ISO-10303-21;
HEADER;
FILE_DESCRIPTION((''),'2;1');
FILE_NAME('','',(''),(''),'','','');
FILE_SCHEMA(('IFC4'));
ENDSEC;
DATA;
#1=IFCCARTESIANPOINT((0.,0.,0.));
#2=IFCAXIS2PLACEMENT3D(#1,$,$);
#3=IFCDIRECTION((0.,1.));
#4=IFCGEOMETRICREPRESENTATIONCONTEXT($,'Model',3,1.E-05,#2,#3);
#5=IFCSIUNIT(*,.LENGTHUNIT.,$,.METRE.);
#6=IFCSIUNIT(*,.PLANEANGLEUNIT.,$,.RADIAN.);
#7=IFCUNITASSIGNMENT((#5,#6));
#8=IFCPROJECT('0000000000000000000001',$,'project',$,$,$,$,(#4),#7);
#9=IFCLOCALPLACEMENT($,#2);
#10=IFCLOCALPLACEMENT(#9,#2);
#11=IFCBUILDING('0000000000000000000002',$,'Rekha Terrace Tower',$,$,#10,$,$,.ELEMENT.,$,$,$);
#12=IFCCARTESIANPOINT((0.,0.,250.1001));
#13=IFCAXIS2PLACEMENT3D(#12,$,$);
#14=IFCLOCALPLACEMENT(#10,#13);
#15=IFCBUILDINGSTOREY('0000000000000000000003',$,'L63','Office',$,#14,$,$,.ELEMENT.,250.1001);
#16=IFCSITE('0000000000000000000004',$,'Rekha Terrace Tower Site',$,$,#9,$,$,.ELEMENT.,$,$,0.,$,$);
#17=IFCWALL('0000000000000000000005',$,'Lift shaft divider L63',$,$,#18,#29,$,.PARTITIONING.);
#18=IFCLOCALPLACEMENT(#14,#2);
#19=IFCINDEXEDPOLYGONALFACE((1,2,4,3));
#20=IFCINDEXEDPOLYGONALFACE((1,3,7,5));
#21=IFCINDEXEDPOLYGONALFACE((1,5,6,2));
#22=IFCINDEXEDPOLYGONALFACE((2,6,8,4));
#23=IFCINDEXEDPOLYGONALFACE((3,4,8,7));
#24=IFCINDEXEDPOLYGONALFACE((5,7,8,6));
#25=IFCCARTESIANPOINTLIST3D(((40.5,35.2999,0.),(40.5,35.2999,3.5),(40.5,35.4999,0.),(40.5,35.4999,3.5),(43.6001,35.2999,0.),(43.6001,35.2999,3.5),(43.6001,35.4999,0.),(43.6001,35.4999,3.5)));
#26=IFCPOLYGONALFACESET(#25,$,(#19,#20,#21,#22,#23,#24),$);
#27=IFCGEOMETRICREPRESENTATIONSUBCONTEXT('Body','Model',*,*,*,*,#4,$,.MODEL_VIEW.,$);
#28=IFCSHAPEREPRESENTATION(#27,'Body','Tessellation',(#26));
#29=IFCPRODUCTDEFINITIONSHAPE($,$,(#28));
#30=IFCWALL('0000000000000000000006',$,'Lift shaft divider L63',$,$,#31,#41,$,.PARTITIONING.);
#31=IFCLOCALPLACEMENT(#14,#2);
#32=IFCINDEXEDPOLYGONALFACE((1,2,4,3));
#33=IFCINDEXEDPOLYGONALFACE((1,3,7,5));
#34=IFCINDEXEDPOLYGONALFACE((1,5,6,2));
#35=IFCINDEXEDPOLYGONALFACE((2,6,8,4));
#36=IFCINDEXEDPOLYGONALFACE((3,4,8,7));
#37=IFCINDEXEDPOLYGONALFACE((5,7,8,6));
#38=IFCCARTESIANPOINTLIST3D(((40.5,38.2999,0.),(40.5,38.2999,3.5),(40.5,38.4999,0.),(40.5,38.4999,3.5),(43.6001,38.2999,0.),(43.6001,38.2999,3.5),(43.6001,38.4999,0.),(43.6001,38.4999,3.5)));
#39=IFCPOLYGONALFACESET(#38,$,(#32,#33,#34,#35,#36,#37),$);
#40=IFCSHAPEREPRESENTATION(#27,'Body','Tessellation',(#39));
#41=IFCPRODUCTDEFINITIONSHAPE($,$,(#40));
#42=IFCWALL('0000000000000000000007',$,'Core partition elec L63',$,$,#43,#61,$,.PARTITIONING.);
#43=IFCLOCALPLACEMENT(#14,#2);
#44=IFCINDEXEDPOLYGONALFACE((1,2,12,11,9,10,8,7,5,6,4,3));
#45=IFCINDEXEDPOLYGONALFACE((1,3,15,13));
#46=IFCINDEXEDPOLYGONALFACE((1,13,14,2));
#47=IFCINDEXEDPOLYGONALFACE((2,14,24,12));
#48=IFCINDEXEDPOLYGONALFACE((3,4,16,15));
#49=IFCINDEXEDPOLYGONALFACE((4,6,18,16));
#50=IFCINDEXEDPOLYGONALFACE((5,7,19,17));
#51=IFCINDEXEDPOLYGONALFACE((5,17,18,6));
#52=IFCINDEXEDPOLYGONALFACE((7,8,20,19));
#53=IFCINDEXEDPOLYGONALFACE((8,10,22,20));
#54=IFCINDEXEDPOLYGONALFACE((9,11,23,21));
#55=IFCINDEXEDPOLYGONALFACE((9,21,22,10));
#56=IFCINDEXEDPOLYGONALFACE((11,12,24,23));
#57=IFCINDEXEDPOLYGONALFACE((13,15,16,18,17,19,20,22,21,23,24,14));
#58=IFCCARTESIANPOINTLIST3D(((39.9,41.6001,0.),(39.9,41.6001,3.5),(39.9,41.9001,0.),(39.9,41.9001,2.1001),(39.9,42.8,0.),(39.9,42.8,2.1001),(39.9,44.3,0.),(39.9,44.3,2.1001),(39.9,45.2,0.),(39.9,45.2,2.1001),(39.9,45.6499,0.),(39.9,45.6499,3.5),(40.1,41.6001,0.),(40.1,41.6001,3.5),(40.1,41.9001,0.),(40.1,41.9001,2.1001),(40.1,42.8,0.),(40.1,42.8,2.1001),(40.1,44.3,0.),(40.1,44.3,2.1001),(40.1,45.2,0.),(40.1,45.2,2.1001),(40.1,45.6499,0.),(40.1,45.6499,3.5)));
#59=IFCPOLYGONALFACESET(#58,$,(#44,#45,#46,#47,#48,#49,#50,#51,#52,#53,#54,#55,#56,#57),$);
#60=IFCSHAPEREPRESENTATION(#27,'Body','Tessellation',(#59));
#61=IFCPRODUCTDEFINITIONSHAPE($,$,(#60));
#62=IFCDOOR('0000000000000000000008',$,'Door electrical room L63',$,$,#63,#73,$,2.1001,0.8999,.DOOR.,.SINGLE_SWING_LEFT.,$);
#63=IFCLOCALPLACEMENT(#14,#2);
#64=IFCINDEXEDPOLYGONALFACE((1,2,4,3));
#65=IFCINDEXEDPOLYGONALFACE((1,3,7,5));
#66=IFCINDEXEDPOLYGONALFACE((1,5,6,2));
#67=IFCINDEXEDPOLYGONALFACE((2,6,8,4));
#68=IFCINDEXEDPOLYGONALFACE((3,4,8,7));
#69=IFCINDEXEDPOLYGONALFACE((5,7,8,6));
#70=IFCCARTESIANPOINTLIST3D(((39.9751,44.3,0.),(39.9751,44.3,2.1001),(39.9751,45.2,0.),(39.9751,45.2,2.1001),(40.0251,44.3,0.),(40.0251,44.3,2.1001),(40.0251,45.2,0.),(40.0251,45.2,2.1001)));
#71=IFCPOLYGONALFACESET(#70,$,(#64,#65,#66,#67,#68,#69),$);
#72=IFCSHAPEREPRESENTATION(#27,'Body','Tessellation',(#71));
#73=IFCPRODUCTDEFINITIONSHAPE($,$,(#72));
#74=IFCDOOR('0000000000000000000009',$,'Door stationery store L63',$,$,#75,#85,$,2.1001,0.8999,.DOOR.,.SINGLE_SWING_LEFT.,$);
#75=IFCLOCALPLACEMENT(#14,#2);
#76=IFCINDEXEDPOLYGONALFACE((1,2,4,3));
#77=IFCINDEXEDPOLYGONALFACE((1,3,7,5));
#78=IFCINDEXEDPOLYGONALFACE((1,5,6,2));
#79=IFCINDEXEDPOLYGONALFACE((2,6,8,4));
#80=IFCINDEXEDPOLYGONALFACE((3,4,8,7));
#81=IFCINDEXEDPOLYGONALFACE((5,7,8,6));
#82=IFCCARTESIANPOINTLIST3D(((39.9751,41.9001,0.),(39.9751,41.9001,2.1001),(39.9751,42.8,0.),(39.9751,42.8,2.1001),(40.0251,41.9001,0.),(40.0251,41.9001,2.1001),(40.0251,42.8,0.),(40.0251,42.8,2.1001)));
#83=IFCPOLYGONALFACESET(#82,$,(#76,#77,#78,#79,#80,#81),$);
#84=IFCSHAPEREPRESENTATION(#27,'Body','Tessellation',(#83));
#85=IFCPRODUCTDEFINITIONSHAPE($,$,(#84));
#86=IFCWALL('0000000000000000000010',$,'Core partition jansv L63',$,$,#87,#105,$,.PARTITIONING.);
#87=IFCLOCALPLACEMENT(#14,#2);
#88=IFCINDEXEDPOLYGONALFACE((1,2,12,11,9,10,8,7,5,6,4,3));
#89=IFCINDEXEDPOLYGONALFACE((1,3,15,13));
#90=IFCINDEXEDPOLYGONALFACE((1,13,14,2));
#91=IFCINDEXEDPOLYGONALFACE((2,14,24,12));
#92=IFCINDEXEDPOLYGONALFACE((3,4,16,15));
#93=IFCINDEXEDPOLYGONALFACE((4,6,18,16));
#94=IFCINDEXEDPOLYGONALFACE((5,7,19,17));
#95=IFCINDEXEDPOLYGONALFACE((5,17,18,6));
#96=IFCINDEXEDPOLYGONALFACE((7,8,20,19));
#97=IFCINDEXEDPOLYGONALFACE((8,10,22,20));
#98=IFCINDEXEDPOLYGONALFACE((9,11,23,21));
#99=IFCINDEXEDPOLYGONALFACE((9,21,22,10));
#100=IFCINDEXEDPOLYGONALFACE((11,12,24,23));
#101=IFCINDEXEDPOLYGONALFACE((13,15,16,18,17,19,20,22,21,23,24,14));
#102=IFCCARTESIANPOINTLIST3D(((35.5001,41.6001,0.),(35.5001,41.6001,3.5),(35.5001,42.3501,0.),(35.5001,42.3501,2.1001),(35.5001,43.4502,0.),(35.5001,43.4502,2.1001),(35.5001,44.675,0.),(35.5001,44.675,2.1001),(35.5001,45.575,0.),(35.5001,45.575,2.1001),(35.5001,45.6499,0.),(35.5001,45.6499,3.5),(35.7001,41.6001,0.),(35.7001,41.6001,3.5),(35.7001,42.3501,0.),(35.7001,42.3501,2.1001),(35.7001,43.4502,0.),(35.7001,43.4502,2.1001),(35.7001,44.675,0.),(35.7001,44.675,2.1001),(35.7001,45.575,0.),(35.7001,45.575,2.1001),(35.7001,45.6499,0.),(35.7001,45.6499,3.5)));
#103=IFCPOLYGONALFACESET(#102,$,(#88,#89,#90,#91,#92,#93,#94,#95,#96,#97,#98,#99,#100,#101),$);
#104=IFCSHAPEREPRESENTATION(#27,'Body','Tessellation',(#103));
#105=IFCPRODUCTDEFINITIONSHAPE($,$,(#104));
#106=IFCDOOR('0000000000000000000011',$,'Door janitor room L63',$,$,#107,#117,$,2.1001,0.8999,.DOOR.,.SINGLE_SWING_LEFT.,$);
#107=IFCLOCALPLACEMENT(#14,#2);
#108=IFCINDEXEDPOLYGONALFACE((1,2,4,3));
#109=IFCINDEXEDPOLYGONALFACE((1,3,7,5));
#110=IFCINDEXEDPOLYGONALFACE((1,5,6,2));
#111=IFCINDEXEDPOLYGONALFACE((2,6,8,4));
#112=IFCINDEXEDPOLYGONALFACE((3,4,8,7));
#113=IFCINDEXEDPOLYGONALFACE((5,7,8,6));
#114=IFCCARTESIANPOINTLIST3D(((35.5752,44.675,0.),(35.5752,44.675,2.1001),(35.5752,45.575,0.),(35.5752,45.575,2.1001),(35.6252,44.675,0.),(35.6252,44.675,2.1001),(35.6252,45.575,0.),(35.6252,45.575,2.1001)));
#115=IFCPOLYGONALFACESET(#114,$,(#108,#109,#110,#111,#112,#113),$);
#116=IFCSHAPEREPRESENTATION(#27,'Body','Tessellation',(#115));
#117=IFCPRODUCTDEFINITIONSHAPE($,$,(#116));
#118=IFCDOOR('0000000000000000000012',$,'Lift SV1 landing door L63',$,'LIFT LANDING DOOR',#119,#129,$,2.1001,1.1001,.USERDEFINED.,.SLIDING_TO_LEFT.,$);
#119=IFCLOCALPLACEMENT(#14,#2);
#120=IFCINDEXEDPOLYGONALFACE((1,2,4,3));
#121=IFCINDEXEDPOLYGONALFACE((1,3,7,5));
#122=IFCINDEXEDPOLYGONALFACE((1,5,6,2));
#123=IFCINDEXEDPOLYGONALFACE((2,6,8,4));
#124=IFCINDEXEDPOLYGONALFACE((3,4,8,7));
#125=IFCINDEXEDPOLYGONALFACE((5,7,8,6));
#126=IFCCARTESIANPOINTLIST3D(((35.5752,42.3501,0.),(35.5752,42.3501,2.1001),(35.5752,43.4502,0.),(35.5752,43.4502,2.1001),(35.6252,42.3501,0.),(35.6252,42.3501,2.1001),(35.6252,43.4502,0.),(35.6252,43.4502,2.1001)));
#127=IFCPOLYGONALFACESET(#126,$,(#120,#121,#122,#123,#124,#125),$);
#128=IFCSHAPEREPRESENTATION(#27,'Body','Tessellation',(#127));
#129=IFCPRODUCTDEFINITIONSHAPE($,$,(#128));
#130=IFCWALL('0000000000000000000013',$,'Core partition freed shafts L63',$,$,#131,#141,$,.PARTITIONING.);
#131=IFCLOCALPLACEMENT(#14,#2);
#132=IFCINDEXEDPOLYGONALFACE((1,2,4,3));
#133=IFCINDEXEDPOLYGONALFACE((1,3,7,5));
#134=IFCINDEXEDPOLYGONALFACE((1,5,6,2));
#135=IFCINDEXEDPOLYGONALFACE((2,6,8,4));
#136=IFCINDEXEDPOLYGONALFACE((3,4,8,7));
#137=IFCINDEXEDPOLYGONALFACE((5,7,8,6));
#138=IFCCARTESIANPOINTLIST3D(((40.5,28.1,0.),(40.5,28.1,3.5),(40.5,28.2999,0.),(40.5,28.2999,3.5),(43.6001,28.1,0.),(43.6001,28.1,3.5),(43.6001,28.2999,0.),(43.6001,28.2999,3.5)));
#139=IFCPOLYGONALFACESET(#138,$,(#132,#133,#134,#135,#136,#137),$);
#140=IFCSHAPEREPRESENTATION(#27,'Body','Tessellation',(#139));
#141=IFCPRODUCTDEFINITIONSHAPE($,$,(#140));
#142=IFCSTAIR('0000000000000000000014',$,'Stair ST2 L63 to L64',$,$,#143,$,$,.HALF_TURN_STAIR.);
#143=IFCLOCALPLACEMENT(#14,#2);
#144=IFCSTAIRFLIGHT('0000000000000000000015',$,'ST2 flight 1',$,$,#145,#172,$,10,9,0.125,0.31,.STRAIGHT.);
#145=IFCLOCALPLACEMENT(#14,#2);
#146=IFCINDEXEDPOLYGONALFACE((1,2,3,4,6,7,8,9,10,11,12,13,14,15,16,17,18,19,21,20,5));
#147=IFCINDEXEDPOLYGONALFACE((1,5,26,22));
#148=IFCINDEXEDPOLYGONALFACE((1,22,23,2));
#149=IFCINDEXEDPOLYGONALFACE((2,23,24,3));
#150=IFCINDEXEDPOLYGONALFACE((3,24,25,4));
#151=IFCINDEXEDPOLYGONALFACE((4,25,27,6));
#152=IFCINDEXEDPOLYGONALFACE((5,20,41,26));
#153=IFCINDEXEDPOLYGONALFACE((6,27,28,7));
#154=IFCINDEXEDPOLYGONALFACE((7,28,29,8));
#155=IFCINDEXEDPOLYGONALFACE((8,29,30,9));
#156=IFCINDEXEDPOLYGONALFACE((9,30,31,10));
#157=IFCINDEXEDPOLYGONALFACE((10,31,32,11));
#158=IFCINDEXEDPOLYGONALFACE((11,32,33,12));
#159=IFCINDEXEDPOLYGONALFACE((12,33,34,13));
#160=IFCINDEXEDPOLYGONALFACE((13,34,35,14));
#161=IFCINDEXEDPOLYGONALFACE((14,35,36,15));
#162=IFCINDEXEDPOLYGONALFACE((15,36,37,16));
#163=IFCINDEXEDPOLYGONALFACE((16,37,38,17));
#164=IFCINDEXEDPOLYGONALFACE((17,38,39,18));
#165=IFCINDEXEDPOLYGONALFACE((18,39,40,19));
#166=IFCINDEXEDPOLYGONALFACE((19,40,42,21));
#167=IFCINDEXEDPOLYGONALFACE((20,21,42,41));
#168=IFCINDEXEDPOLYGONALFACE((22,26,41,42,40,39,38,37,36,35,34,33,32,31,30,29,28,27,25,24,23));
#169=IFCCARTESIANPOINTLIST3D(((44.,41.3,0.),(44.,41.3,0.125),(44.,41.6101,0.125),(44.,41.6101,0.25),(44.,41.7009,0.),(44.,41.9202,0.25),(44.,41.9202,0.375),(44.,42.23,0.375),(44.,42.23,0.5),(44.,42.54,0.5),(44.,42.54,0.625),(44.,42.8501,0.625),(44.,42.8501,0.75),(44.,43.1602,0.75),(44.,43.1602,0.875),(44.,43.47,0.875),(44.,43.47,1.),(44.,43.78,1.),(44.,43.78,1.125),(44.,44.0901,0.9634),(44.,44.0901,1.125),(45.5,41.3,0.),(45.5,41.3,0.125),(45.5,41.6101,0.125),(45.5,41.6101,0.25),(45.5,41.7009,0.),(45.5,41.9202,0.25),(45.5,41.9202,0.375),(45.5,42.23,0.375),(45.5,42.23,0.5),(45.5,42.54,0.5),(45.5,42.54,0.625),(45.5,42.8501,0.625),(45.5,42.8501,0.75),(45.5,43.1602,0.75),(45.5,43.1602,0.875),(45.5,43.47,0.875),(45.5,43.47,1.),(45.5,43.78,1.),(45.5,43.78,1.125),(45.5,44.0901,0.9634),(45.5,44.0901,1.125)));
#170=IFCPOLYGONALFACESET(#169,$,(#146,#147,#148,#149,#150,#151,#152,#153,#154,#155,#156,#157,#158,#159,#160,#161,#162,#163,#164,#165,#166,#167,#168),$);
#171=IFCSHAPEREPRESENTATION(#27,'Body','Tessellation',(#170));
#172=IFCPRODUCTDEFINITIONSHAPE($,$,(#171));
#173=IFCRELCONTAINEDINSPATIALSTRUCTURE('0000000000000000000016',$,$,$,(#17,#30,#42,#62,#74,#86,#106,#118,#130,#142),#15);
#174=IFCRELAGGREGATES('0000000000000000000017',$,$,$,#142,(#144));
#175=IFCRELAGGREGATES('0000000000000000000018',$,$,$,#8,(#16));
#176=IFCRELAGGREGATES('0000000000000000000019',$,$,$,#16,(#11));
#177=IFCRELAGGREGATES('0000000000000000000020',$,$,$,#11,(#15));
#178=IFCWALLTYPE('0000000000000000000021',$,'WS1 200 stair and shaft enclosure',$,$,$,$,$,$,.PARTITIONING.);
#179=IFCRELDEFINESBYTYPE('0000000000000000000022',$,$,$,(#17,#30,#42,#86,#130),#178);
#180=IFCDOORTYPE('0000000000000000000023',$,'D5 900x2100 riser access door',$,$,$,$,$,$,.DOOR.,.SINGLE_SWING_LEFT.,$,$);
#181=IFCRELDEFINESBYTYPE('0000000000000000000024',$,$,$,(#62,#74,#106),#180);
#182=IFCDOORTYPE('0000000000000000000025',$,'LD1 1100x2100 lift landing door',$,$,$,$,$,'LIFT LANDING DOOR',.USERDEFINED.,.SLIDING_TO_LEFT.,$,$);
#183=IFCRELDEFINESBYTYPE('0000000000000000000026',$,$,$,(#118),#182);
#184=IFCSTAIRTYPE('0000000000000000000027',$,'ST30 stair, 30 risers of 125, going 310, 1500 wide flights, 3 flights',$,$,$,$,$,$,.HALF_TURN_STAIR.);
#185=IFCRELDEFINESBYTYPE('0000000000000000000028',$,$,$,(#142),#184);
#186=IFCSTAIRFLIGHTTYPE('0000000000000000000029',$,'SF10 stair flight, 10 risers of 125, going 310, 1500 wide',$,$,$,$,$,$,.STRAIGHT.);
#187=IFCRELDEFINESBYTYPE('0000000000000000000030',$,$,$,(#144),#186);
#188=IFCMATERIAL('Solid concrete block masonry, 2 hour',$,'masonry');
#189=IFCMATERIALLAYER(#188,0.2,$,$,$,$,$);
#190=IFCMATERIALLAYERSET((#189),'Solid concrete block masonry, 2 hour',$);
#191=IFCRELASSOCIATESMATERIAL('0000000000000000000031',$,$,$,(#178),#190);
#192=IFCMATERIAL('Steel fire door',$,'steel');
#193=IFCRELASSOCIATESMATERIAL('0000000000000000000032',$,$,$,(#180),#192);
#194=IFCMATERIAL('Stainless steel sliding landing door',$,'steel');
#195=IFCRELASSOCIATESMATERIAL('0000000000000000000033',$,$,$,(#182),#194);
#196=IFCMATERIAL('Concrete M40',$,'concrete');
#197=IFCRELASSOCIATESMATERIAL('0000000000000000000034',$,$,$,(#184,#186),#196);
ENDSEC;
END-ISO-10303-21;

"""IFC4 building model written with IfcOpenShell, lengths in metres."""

from ifc_helpers import new_model, si_unit, direction, frame, frame_2d, origin, place, context, subcontext, project, spatial, polyline, rectangle, outline, extrude, material, layer, layer_set, type_object, element, fill, aggregate, save


model = new_model("IFC4")

# Units and contexts
model_context = context("Model", 3, precision=1e-05, world=origin(), true_north=direction((0.0, 1.0)))
body_context = subcontext(model_context, "Body", "Model", "MODEL_VIEW")
ifc_project = project(units=[si_unit("LENGTHUNIT", "METRE"), si_unit("PLANEANGLEUNIT", "RADIAN")], contexts=[model_context])

# Site, building, storey
site_placement = place(None, origin())
site = spatial("IfcSite", under=ifc_project, at=site_placement, Name="Rekha Terrace Tower Site", CompositionType="ELEMENT", RefElevation=0.0)
building_placement = place(site_placement, origin())
building = spatial("IfcBuilding", under=site, at=building_placement, Name="Rekha Terrace Tower", CompositionType="ELEMENT")
storey_placement = place(building_placement, frame((0.0, 0.0, 250.1001)))
storey = spatial("IfcBuildingStorey", under=building, at=storey_placement, Name="L63", Description="Office", CompositionType="ELEMENT", Elevation=250.1001)

# Shared definitions
ifc_material_1 = material(Name="Stainless steel sliding landing door", Category="steel")
ifc_material_2 = material(Name="Steel fire door", Category="steel")

# Walls
ifc_material_3 = material(Name="Solid concrete block masonry, 2 hour", Category="masonry")
ifc_layer_1 = layer(ifc_material_3, 0.2)
ifc_layer_set_1 = layer_set([ifc_layer_1], Name="Solid concrete block masonry, 2 hour")
wall_type_1 = type_object("IfcWallType", Name="WS1 200 stair and shaft enclosure", PredefinedType="PARTITIONING", material=ifc_layer_set_1)
for number, where, z_axis, x_axis, name in (
    (1, (40.5, 35.3999, 0.0), (0.0, 0.0, 1.0), (1.0, 0.0, 0.0), "Lift shaft divider L63"),
    (2, (40.5, 38.3999, 0.0), (0.0, 0.0, 1.0), (1.0, 0.0, 0.0), "Lift shaft divider L63"),
):
    element("IfcWall", number, at=place(storey_placement, frame(where, z_axis=z_axis, x_axis=x_axis)), inside=storey, type_object=wall_type_1, Name=name, PredefinedType="PARTITIONING", context=body_context, shape_type="SweptSolid", body=[
        extrude(rectangle(XDim=3.1001, YDim=0.2, at=frame_2d((1.55, 0.0))), origin(), (0.0, 0.0, 1.0), 3.5),
    ])

# Walls, openings, doors
wall_1_placement = place(storey_placement, frame((40.0, 41.6001, 0.0), z_axis=(0.0, 0.0, 1.0), x_axis=(0.0, 1.0, 0.0)))
wall_1 = element("IfcWall", 3, at=wall_1_placement, inside=storey, type_object=wall_type_1, Name="Core partition elec L63", PredefinedType="PARTITIONING", context=body_context, shape_type="SweptSolid", body=[
    extrude(rectangle(XDim=4.0498, YDim=0.2, at=frame_2d((2.0249, 0.0))), origin(), (0.0, 0.0, 1.0), 3.5),
])
opening_1_placement = place(wall_1_placement, frame((2.7, 0.0, 0.0)))
opening_1 = element("IfcOpeningElement", 4, at=opening_1_placement, cuts=wall_1, PredefinedType="OPENING", context=body_context, shape_type="SweptSolid", body=[
    extrude(rectangle(XDim=0.8999, YDim=2.1001, at=frame_2d((0.45, 1.05))), frame((0.0, 0.1099, 0.0), z_axis=(0.0, -1.0, 0.0), x_axis=(1.0, 0.0, 0.0)), (0.0, 0.0, 1.0), 0.22),
])
opening_2_placement = place(wall_1_placement, frame((0.3, 0.0, 0.0)))
opening_2 = element("IfcOpeningElement", 5, at=opening_2_placement, cuts=wall_1, PredefinedType="OPENING", context=body_context, shape_type="SweptSolid", body=[
    extrude(rectangle(XDim=0.8999, YDim=2.1001, at=frame_2d((0.45, 1.05))), frame((0.0, 0.1099, 0.0), z_axis=(0.0, -1.0, 0.0), x_axis=(1.0, 0.0, 0.0)), (0.0, 0.0, 1.0), 0.22),
])
door_type_1 = type_object("IfcDoorType", Name="D5 900x2100 riser access door", OperationType="SINGLE_SWING_LEFT", PredefinedType="DOOR", material=ifc_material_2)
door_1_placement = place(opening_1_placement, origin())
door_1 = element("IfcDoor", 6, at=door_1_placement, inside=storey, type_object=door_type_1, Name="Door electrical room L63", OperationType="SINGLE_SWING_LEFT", OverallHeight=2.1001, OverallWidth=0.8999, PredefinedType="DOOR", context=body_context, shape_type="SweptSolid", body=[
    extrude(rectangle(XDim=0.8999, YDim=2.1001, at=frame_2d((0.45, 1.05))), frame((0.0, 0.0249, 0.0), z_axis=(0.0, -1.0, 0.0), x_axis=(1.0, 0.0, 0.0)), (0.0, 0.0, 1.0), 0.05),
])
fill(opening_1, door_1)
door_2_placement = place(opening_2_placement, origin())
door_2 = element("IfcDoor", 7, at=door_2_placement, inside=storey, type_object=door_type_1, Name="Door stationery store L63", OperationType="SINGLE_SWING_LEFT", OverallHeight=2.1001, OverallWidth=0.8999, PredefinedType="DOOR", context=body_context, shape_type="SweptSolid", body=[
    extrude(rectangle(XDim=0.8999, YDim=2.1001, at=frame_2d((0.45, 1.05))), frame((0.0, 0.0249, 0.0), z_axis=(0.0, -1.0, 0.0), x_axis=(1.0, 0.0, 0.0)), (0.0, 0.0, 1.0), 0.05),
])
fill(opening_2, door_2)
wall_2_placement = place(storey_placement, frame((35.6001, 41.6001, 0.0), z_axis=(0.0, 0.0, 1.0), x_axis=(0.0, 1.0, 0.0)))
wall_2 = element("IfcWall", 8, at=wall_2_placement, inside=storey, type_object=wall_type_1, Name="Core partition jansv L63", PredefinedType="PARTITIONING", context=body_context, shape_type="SweptSolid", body=[
    extrude(rectangle(XDim=4.0498, YDim=0.2, at=frame_2d((2.0249, 0.0))), origin(), (0.0, 0.0, 1.0), 3.5),
])
opening_3_placement = place(wall_2_placement, frame((3.075, 0.0, 0.0)))
opening_3 = element("IfcOpeningElement", 9, at=opening_3_placement, cuts=wall_2, PredefinedType="OPENING", context=body_context, shape_type="SweptSolid", body=[
    extrude(rectangle(XDim=0.8999, YDim=2.1001, at=frame_2d((0.45, 1.05))), frame((0.0, 0.1099, 0.0), z_axis=(0.0, -1.0, 0.0), x_axis=(1.0, 0.0, 0.0)), (0.0, 0.0, 1.0), 0.22),
])
opening_4_placement = place(wall_2_placement, frame((0.75, 0.0, 0.0)))
opening_4 = element("IfcOpeningElement", 10, at=opening_4_placement, cuts=wall_2, PredefinedType="OPENING", context=body_context, shape_type="SweptSolid", body=[
    extrude(rectangle(XDim=1.1001, YDim=2.1001, at=frame_2d((0.55, 1.05))), frame((0.0, 0.1099, 0.0), z_axis=(0.0, -1.0, 0.0), x_axis=(1.0, 0.0, 0.0)), (0.0, 0.0, 1.0), 0.22),
])
door_3_placement = place(opening_3_placement, origin())
door_3 = element("IfcDoor", 11, at=door_3_placement, inside=storey, type_object=door_type_1, Name="Door janitor room L63", OperationType="SINGLE_SWING_LEFT", OverallHeight=2.1001, OverallWidth=0.8999, PredefinedType="DOOR", context=body_context, shape_type="SweptSolid", body=[
    extrude(rectangle(XDim=0.8999, YDim=2.1001, at=frame_2d((0.45, 1.05))), frame((0.0, 0.0249, 0.0), z_axis=(0.0, -1.0, 0.0), x_axis=(1.0, 0.0, 0.0)), (0.0, 0.0, 1.0), 0.05),
])
fill(opening_3, door_3)
door_type_2 = type_object("IfcDoorType", Name="LD1 1100x2100 lift landing door", ElementType="LIFT LANDING DOOR", OperationType="SLIDING_TO_LEFT", PredefinedType="USERDEFINED", material=ifc_material_1)
door_4_placement = place(opening_4_placement, origin())
door_4 = element("IfcDoor", 12, at=door_4_placement, inside=storey, type_object=door_type_2, Name="Lift SV1 landing door L63", ObjectType="LIFT LANDING DOOR", OperationType="SLIDING_TO_LEFT", OverallHeight=2.1001, OverallWidth=1.1001, PredefinedType="USERDEFINED", context=body_context, shape_type="SweptSolid", body=[
    extrude(rectangle(XDim=1.1001, YDim=2.1001, at=frame_2d((0.55, 1.05))), frame((0.0, 0.0249, 0.0), z_axis=(0.0, -1.0, 0.0), x_axis=(1.0, 0.0, 0.0)), (0.0, 0.0, 1.0), 0.05),
])
fill(opening_4, door_4)

# Wall
wall_3_placement = place(storey_placement, frame((40.5, 28.2, 0.0), z_axis=(0.0, 0.0, 1.0), x_axis=(1.0, 0.0, 0.0)))
element("IfcWall", 13, at=wall_3_placement, inside=storey, type_object=wall_type_1, Name="Core partition freed shafts L63", PredefinedType="PARTITIONING", context=body_context, shape_type="SweptSolid", body=[
    extrude(rectangle(XDim=3.1001, YDim=0.2, at=frame_2d((1.55, 0.0))), origin(), (0.0, 0.0, 1.0), 3.5),
])

# Stair, stair flight
ifc_material_4 = material(Name="Concrete M40", Category="concrete")
stair_type = type_object("IfcStairType", Name="ST30 stair, 30 risers of 125, going 310, 1500 wide flights, 3 flights", PredefinedType="HALF_TURN_STAIR", material=ifc_material_4)
stair_1_placement = place(storey_placement, origin())
stair_1 = element("IfcStair", 14, at=stair_1_placement, inside=storey, type_object=stair_type, Name="Stair ST2 L63 to L64", PredefinedType="HALF_TURN_STAIR")
stair_flight_type = type_object("IfcStairFlightType", Name="SF10 stair flight, 10 risers of 125, going 310, 1500 wide", PredefinedType="STRAIGHT", material=ifc_material_4)
stair_flight_1_placement = place(storey_placement, frame((44.75, 41.3, 0.0), z_axis=(0.0, 0.0, 1.0), x_axis=(0.0, 1.0, 0.0)))
stair_flight_1 = element("IfcStairFlight", 15, at=stair_flight_1_placement, type_object=stair_flight_type, Name="ST2 flight 1", NumberOfRisers=10, NumberOfTreads=9, PredefinedType="STRAIGHT", RiserHeight=0.125, TreadLength=0.31, context=body_context, shape_type="SweptSolid", body=[
    extrude(outline(polyline([(0.0, 0.0), (0.0, 0.125), (0.3101, 0.125), (0.3101, 0.25), (0.6201, 0.25), (0.6201, 0.375), (0.9299, 0.375), (0.9299, 0.5), (1.24, 0.5), (1.24, 0.625), (1.55, 0.625), (1.55, 0.75), (1.8601, 0.75), (1.8601, 0.875), (2.1699, 0.875), (2.1699, 1.0), (2.48, 1.0), (2.48, 1.125), (2.79, 1.125), (2.79, 1.25), (2.79, 0.9634), (0.4009, 0.0), (0.0, 0.0)])), frame((0.0, 0.75, 0.0), z_axis=(0.0, -1.0, 0.0), x_axis=(1.0, 0.0, 0.0)), (0.0, 0.0, 1.0), 1.5),
])
aggregate(stair_1, [stair_flight_1])

save(model, "model.ifc")
